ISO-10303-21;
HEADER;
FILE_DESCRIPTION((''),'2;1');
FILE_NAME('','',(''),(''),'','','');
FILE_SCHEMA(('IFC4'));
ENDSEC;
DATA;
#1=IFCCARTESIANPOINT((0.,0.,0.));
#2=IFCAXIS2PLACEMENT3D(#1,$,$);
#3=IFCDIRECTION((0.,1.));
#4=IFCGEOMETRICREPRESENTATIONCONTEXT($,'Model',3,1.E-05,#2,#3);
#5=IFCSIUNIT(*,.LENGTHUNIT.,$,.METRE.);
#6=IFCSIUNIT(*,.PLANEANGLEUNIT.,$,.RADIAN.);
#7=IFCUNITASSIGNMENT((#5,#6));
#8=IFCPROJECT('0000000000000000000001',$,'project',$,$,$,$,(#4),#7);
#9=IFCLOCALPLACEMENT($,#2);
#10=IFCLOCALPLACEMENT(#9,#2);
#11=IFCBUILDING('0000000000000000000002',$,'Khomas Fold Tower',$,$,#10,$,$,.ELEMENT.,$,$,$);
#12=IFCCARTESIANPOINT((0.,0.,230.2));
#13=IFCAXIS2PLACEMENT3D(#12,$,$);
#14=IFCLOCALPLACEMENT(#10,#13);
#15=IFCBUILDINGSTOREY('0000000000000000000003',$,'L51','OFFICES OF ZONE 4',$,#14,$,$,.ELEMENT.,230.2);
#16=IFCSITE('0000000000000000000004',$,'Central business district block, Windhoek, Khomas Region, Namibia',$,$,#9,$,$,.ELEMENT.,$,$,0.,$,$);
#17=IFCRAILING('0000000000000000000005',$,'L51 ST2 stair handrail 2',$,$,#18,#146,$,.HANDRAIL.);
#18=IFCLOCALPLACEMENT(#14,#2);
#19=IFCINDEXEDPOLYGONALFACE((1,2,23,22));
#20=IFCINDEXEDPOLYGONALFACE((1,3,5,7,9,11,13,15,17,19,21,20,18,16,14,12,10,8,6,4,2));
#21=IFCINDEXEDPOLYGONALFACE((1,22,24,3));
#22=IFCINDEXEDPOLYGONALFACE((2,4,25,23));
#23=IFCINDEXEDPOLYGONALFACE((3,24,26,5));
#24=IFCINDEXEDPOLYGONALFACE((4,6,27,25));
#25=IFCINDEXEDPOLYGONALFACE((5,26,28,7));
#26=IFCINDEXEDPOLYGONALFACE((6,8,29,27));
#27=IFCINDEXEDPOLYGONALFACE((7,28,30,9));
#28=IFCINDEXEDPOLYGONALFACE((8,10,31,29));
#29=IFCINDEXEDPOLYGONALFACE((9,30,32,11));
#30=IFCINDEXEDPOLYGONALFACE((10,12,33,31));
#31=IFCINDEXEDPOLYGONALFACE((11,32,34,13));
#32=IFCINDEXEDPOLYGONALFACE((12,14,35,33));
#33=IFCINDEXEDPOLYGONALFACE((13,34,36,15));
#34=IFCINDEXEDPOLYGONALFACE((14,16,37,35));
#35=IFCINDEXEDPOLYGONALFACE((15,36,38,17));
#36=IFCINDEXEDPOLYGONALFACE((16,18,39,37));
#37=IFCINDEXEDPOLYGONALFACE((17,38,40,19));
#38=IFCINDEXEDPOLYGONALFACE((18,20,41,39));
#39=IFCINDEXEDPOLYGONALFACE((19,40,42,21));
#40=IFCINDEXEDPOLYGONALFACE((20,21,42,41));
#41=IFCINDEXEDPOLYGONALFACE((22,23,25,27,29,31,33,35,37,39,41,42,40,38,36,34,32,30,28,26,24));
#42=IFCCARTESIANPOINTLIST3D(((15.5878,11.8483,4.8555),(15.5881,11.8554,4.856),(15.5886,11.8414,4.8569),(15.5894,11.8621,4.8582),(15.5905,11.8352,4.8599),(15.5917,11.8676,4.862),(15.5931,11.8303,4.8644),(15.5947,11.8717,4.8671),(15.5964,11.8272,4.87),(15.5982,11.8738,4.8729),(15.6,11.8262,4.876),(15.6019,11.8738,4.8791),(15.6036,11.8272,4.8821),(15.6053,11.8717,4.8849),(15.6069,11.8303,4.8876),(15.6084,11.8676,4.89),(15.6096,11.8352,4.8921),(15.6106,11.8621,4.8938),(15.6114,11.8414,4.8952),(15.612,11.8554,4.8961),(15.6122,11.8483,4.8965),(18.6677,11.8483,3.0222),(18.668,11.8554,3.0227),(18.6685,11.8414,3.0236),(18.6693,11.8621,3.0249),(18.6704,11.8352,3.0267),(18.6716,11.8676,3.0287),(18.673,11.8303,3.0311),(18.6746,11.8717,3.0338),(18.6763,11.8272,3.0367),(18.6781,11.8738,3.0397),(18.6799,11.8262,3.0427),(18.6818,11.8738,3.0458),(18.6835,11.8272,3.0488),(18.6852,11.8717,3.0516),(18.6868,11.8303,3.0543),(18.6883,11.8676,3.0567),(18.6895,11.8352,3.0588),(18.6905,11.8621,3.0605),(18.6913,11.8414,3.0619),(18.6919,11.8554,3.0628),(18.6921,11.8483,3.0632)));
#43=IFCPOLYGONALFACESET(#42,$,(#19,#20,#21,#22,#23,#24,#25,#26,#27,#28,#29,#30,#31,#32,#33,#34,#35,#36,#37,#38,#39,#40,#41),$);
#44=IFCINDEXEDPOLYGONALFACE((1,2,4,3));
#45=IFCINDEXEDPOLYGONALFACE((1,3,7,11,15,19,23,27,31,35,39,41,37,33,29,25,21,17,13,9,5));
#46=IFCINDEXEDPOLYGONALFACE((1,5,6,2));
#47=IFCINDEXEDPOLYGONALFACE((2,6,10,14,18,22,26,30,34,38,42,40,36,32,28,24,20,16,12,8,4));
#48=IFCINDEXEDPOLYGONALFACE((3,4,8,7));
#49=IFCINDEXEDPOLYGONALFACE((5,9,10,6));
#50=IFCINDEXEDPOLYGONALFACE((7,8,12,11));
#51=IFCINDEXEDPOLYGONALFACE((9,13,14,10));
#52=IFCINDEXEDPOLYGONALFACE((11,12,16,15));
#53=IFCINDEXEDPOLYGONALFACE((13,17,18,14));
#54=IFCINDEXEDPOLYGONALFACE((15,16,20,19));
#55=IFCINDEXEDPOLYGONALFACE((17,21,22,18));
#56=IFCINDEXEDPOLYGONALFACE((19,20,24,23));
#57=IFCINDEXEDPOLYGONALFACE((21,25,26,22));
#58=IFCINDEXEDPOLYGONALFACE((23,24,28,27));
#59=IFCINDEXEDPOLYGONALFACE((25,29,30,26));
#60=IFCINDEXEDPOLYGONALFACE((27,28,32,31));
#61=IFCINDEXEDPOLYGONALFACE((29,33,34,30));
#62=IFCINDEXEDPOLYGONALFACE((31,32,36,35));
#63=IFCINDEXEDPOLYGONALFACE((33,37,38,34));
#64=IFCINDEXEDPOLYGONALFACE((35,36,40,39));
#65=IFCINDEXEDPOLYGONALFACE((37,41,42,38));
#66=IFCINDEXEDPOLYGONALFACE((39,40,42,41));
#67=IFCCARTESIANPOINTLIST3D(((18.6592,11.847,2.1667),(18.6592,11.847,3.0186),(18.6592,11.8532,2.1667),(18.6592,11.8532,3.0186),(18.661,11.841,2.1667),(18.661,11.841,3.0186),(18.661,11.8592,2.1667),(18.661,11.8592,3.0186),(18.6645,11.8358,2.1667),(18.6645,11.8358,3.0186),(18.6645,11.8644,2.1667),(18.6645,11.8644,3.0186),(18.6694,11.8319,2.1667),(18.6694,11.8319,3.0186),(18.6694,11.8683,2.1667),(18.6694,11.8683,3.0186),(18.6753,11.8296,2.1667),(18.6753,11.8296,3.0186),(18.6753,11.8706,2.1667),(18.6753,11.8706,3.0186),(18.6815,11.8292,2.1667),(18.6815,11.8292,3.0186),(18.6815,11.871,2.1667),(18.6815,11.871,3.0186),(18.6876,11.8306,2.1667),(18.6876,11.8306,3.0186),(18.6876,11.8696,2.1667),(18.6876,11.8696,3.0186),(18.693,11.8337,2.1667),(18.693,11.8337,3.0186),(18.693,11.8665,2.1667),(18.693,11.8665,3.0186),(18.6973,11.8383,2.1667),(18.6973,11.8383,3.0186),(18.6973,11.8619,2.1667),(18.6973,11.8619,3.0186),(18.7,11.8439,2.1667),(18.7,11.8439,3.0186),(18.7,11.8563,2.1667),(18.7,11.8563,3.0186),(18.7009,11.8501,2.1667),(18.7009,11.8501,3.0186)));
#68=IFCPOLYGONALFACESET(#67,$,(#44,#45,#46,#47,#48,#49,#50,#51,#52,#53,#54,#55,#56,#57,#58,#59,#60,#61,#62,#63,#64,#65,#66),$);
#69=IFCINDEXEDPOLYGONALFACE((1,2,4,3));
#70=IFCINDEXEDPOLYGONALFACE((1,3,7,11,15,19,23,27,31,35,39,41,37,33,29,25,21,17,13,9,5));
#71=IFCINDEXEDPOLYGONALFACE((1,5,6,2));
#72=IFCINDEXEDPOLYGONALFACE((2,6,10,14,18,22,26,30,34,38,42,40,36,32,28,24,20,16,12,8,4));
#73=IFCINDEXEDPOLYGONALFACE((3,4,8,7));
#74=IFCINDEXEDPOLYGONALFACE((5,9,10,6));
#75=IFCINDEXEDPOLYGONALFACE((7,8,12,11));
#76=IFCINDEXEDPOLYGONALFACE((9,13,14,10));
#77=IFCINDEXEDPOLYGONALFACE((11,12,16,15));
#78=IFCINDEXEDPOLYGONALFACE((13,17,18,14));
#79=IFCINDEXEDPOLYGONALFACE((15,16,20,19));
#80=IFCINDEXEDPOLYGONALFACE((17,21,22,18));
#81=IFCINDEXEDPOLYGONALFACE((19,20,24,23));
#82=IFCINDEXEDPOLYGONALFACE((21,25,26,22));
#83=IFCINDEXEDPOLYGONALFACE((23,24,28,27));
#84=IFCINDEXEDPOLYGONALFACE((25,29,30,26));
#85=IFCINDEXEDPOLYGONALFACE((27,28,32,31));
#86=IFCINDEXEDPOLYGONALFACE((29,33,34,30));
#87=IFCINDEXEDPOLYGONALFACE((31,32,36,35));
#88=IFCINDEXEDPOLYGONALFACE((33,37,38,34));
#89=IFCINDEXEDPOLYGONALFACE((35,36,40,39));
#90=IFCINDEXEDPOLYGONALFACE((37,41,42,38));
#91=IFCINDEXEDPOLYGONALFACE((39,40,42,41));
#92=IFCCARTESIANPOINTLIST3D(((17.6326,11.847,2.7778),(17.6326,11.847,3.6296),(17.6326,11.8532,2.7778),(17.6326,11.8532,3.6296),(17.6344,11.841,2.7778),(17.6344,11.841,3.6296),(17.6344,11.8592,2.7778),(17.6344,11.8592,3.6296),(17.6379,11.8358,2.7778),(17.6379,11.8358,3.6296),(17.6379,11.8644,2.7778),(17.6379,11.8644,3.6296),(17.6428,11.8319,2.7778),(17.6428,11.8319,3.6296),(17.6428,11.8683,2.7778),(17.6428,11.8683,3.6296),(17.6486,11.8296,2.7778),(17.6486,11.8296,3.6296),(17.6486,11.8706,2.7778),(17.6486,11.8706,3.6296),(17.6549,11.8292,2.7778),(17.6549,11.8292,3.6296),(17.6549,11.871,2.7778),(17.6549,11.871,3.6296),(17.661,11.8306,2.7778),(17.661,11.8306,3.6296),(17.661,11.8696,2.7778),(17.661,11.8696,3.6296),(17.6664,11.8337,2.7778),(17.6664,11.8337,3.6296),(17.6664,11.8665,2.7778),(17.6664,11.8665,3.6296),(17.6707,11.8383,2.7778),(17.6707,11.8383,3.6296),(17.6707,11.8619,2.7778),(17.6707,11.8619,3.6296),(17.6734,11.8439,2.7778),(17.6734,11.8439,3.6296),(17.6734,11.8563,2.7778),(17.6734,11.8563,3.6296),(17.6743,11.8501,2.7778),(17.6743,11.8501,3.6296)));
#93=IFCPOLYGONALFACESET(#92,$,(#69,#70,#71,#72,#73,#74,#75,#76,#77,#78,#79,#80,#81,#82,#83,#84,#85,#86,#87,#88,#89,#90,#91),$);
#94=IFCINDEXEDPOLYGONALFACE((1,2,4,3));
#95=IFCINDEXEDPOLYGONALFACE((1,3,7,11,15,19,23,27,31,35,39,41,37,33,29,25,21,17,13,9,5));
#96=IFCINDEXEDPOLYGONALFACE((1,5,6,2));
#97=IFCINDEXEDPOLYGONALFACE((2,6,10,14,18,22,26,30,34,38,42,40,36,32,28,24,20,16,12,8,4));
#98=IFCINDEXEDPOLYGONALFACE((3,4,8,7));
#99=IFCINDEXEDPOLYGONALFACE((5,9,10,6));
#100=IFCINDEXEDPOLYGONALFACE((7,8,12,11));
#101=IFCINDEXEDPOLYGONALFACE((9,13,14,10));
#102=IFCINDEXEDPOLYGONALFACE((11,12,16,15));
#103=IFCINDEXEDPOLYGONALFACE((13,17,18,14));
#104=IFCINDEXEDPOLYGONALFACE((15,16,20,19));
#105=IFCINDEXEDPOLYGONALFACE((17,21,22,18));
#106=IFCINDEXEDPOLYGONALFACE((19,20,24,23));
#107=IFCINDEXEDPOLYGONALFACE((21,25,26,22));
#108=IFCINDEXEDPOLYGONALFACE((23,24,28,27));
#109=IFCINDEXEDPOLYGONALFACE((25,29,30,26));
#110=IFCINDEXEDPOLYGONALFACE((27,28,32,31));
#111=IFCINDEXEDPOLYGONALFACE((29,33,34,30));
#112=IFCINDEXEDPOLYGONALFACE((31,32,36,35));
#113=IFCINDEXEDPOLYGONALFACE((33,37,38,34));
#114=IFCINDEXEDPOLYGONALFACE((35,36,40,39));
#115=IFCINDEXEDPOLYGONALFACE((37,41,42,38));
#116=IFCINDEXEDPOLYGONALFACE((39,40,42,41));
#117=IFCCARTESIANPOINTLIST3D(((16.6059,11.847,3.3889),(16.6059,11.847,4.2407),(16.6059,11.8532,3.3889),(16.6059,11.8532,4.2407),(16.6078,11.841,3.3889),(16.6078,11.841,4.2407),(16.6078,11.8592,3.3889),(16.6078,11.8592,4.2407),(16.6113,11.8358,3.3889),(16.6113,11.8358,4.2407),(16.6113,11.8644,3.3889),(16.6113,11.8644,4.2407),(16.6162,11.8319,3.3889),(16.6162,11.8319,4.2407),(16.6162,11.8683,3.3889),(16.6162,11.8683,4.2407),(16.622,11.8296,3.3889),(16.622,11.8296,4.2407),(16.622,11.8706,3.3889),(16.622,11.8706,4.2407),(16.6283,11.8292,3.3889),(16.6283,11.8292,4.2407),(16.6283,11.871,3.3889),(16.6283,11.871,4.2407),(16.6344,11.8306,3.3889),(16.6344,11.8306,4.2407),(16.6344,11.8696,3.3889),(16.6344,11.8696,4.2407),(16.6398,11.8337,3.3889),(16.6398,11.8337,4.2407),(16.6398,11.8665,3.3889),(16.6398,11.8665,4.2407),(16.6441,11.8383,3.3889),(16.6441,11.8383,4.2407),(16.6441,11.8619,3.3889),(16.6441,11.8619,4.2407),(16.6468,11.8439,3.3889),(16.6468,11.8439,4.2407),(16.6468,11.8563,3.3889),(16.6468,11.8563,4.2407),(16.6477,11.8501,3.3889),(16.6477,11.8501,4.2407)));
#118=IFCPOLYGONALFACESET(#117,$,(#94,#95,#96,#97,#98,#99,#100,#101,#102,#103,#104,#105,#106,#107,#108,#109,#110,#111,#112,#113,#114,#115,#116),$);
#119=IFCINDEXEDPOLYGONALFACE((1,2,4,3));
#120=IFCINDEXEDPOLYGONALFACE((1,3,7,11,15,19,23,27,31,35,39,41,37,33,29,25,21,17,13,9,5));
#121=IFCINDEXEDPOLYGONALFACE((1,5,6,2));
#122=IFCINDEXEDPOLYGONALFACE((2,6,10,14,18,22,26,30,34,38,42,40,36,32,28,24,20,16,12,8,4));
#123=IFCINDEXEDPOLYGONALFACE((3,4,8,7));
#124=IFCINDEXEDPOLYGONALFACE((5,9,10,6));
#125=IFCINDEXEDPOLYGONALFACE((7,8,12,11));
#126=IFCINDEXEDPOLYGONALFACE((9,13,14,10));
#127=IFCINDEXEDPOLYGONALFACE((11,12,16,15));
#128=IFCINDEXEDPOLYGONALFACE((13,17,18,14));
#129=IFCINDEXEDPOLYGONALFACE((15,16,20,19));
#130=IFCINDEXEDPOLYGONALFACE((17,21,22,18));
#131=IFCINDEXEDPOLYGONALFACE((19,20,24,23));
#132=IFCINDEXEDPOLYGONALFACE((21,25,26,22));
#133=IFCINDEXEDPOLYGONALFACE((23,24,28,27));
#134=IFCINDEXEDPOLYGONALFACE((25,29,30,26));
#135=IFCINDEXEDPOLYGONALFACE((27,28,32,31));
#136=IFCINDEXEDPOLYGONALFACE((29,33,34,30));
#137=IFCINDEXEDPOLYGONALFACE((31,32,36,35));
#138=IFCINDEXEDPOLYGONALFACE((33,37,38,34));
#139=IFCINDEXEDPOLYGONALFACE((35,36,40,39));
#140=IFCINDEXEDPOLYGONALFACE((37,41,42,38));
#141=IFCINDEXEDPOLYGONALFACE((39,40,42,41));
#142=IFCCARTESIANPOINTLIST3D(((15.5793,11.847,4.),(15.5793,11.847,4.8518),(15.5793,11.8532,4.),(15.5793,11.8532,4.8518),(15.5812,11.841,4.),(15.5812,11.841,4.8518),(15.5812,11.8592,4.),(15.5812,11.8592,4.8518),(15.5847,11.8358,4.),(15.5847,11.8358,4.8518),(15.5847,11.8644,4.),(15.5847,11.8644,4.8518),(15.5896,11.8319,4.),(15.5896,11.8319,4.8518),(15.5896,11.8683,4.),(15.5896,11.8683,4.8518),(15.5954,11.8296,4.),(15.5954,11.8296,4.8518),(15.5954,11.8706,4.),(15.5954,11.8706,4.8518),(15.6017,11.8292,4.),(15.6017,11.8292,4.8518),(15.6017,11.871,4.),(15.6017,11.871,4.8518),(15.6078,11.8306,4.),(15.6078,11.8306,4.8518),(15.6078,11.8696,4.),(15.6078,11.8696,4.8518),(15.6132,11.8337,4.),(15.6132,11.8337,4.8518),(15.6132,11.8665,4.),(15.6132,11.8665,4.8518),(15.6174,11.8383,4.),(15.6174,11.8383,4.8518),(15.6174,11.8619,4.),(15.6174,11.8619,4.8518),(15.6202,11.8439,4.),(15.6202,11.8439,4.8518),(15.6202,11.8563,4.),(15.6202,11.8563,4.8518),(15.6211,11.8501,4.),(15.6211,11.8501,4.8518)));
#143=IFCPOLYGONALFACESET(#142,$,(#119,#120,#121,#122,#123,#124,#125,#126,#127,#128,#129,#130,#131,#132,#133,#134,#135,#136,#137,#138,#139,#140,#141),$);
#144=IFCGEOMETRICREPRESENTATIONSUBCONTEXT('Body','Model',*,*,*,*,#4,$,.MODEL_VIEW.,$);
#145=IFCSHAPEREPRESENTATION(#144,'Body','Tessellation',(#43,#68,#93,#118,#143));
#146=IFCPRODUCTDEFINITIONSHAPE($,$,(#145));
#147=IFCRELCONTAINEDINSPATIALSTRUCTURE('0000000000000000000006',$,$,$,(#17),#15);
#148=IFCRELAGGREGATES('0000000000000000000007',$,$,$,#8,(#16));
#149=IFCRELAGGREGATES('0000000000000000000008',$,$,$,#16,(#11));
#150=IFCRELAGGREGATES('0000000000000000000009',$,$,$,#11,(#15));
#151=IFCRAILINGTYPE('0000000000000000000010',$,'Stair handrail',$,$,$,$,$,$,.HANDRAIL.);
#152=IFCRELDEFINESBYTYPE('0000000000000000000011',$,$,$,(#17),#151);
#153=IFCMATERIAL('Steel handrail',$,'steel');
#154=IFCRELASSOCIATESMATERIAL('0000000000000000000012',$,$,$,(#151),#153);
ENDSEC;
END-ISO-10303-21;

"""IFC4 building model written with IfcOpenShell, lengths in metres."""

from ifc_helpers import new_model, si_unit, direction, frame, origin, origin_2d, place, context, subcontext, project, spatial, circle, extrude, source, transform, mapped, material, type_object, element, save


model = new_model("IFC4")

# Units and contexts
model_context = context("Model", 3, precision=1e-05, world=origin(), true_north=direction((0.0, 1.0)))
body_context = subcontext(model_context, "Body", "Model", "MODEL_VIEW")
ifc_project = project(units=[si_unit("LENGTHUNIT", "METRE"), si_unit("PLANEANGLEUNIT", "RADIAN")], contexts=[model_context])

# Site, building, storey
site_placement = place(None, origin())
site = spatial("IfcSite", under=ifc_project, at=site_placement, Name="Central business district block, Windhoek, Khomas Region, Namibia", CompositionType="ELEMENT", RefElevation=0.0)
building_placement = place(site_placement, origin())
building = spatial("IfcBuilding", under=site, at=building_placement, Name="Khomas Fold Tower", CompositionType="ELEMENT")
storey_placement = place(building_placement, frame((0.0, 0.0, 230.2)))
storey = spatial("IfcBuildingStorey", under=building, at=storey_placement, Name="L51", Description="OFFICES OF ZONE 4", CompositionType="ELEMENT", Elevation=230.2)

# Railing
ifc_material_1 = material(Name="Steel handrail", Category="steel")
railing_type_1 = type_object("IfcRailingType", Name="Stair handrail", PredefinedType="HANDRAIL", material=ifc_material_1)
shared_shape_1 = source(origin(), body_context, "Body", "SweptSolid", [
    extrude(circle(Radius=0.0239, at=origin_2d()), frame((0.0, 0.0, 0.876), z_axis=(-0.859291, 0.0, 0.511487), x_axis=(0.0, -1.0, 0.0)), (0.0, 0.0, 1.0), 3.5842),
    extrude(circle(Radius=0.021, at=origin_2d()), origin(), (0.0, 0.0, 1.0), 0.8518),
    extrude(circle(Radius=0.021, at=origin_2d()), frame((-1.0266, 0.0, 0.6111)), (0.0, 0.0, 1.0), 0.8518),
    extrude(circle(Radius=0.021, at=origin_2d()), frame((-2.0532, 0.0, 1.2222)), (0.0, 0.0, 1.0), 0.8518),
    extrude(circle(Radius=0.021, at=origin_2d()), frame((-3.0798, 0.0, 1.8333)), (0.0, 0.0, 1.0), 0.8518),
])
railing_1_placement = place(storey_placement, frame((18.6799, 11.8501, 2.1667)))
element("IfcRailing", 1, at=railing_1_placement, inside=storey, type_object=railing_type_1, Name="L51 ST2 stair handrail 2", PredefinedType="HANDRAIL", context=body_context, shape_type="MappedRepresentation", body=[
    mapped(shared_shape_1, transform((0.0, 0.0, 0.0))),
])

save(model, "model.ifc")
